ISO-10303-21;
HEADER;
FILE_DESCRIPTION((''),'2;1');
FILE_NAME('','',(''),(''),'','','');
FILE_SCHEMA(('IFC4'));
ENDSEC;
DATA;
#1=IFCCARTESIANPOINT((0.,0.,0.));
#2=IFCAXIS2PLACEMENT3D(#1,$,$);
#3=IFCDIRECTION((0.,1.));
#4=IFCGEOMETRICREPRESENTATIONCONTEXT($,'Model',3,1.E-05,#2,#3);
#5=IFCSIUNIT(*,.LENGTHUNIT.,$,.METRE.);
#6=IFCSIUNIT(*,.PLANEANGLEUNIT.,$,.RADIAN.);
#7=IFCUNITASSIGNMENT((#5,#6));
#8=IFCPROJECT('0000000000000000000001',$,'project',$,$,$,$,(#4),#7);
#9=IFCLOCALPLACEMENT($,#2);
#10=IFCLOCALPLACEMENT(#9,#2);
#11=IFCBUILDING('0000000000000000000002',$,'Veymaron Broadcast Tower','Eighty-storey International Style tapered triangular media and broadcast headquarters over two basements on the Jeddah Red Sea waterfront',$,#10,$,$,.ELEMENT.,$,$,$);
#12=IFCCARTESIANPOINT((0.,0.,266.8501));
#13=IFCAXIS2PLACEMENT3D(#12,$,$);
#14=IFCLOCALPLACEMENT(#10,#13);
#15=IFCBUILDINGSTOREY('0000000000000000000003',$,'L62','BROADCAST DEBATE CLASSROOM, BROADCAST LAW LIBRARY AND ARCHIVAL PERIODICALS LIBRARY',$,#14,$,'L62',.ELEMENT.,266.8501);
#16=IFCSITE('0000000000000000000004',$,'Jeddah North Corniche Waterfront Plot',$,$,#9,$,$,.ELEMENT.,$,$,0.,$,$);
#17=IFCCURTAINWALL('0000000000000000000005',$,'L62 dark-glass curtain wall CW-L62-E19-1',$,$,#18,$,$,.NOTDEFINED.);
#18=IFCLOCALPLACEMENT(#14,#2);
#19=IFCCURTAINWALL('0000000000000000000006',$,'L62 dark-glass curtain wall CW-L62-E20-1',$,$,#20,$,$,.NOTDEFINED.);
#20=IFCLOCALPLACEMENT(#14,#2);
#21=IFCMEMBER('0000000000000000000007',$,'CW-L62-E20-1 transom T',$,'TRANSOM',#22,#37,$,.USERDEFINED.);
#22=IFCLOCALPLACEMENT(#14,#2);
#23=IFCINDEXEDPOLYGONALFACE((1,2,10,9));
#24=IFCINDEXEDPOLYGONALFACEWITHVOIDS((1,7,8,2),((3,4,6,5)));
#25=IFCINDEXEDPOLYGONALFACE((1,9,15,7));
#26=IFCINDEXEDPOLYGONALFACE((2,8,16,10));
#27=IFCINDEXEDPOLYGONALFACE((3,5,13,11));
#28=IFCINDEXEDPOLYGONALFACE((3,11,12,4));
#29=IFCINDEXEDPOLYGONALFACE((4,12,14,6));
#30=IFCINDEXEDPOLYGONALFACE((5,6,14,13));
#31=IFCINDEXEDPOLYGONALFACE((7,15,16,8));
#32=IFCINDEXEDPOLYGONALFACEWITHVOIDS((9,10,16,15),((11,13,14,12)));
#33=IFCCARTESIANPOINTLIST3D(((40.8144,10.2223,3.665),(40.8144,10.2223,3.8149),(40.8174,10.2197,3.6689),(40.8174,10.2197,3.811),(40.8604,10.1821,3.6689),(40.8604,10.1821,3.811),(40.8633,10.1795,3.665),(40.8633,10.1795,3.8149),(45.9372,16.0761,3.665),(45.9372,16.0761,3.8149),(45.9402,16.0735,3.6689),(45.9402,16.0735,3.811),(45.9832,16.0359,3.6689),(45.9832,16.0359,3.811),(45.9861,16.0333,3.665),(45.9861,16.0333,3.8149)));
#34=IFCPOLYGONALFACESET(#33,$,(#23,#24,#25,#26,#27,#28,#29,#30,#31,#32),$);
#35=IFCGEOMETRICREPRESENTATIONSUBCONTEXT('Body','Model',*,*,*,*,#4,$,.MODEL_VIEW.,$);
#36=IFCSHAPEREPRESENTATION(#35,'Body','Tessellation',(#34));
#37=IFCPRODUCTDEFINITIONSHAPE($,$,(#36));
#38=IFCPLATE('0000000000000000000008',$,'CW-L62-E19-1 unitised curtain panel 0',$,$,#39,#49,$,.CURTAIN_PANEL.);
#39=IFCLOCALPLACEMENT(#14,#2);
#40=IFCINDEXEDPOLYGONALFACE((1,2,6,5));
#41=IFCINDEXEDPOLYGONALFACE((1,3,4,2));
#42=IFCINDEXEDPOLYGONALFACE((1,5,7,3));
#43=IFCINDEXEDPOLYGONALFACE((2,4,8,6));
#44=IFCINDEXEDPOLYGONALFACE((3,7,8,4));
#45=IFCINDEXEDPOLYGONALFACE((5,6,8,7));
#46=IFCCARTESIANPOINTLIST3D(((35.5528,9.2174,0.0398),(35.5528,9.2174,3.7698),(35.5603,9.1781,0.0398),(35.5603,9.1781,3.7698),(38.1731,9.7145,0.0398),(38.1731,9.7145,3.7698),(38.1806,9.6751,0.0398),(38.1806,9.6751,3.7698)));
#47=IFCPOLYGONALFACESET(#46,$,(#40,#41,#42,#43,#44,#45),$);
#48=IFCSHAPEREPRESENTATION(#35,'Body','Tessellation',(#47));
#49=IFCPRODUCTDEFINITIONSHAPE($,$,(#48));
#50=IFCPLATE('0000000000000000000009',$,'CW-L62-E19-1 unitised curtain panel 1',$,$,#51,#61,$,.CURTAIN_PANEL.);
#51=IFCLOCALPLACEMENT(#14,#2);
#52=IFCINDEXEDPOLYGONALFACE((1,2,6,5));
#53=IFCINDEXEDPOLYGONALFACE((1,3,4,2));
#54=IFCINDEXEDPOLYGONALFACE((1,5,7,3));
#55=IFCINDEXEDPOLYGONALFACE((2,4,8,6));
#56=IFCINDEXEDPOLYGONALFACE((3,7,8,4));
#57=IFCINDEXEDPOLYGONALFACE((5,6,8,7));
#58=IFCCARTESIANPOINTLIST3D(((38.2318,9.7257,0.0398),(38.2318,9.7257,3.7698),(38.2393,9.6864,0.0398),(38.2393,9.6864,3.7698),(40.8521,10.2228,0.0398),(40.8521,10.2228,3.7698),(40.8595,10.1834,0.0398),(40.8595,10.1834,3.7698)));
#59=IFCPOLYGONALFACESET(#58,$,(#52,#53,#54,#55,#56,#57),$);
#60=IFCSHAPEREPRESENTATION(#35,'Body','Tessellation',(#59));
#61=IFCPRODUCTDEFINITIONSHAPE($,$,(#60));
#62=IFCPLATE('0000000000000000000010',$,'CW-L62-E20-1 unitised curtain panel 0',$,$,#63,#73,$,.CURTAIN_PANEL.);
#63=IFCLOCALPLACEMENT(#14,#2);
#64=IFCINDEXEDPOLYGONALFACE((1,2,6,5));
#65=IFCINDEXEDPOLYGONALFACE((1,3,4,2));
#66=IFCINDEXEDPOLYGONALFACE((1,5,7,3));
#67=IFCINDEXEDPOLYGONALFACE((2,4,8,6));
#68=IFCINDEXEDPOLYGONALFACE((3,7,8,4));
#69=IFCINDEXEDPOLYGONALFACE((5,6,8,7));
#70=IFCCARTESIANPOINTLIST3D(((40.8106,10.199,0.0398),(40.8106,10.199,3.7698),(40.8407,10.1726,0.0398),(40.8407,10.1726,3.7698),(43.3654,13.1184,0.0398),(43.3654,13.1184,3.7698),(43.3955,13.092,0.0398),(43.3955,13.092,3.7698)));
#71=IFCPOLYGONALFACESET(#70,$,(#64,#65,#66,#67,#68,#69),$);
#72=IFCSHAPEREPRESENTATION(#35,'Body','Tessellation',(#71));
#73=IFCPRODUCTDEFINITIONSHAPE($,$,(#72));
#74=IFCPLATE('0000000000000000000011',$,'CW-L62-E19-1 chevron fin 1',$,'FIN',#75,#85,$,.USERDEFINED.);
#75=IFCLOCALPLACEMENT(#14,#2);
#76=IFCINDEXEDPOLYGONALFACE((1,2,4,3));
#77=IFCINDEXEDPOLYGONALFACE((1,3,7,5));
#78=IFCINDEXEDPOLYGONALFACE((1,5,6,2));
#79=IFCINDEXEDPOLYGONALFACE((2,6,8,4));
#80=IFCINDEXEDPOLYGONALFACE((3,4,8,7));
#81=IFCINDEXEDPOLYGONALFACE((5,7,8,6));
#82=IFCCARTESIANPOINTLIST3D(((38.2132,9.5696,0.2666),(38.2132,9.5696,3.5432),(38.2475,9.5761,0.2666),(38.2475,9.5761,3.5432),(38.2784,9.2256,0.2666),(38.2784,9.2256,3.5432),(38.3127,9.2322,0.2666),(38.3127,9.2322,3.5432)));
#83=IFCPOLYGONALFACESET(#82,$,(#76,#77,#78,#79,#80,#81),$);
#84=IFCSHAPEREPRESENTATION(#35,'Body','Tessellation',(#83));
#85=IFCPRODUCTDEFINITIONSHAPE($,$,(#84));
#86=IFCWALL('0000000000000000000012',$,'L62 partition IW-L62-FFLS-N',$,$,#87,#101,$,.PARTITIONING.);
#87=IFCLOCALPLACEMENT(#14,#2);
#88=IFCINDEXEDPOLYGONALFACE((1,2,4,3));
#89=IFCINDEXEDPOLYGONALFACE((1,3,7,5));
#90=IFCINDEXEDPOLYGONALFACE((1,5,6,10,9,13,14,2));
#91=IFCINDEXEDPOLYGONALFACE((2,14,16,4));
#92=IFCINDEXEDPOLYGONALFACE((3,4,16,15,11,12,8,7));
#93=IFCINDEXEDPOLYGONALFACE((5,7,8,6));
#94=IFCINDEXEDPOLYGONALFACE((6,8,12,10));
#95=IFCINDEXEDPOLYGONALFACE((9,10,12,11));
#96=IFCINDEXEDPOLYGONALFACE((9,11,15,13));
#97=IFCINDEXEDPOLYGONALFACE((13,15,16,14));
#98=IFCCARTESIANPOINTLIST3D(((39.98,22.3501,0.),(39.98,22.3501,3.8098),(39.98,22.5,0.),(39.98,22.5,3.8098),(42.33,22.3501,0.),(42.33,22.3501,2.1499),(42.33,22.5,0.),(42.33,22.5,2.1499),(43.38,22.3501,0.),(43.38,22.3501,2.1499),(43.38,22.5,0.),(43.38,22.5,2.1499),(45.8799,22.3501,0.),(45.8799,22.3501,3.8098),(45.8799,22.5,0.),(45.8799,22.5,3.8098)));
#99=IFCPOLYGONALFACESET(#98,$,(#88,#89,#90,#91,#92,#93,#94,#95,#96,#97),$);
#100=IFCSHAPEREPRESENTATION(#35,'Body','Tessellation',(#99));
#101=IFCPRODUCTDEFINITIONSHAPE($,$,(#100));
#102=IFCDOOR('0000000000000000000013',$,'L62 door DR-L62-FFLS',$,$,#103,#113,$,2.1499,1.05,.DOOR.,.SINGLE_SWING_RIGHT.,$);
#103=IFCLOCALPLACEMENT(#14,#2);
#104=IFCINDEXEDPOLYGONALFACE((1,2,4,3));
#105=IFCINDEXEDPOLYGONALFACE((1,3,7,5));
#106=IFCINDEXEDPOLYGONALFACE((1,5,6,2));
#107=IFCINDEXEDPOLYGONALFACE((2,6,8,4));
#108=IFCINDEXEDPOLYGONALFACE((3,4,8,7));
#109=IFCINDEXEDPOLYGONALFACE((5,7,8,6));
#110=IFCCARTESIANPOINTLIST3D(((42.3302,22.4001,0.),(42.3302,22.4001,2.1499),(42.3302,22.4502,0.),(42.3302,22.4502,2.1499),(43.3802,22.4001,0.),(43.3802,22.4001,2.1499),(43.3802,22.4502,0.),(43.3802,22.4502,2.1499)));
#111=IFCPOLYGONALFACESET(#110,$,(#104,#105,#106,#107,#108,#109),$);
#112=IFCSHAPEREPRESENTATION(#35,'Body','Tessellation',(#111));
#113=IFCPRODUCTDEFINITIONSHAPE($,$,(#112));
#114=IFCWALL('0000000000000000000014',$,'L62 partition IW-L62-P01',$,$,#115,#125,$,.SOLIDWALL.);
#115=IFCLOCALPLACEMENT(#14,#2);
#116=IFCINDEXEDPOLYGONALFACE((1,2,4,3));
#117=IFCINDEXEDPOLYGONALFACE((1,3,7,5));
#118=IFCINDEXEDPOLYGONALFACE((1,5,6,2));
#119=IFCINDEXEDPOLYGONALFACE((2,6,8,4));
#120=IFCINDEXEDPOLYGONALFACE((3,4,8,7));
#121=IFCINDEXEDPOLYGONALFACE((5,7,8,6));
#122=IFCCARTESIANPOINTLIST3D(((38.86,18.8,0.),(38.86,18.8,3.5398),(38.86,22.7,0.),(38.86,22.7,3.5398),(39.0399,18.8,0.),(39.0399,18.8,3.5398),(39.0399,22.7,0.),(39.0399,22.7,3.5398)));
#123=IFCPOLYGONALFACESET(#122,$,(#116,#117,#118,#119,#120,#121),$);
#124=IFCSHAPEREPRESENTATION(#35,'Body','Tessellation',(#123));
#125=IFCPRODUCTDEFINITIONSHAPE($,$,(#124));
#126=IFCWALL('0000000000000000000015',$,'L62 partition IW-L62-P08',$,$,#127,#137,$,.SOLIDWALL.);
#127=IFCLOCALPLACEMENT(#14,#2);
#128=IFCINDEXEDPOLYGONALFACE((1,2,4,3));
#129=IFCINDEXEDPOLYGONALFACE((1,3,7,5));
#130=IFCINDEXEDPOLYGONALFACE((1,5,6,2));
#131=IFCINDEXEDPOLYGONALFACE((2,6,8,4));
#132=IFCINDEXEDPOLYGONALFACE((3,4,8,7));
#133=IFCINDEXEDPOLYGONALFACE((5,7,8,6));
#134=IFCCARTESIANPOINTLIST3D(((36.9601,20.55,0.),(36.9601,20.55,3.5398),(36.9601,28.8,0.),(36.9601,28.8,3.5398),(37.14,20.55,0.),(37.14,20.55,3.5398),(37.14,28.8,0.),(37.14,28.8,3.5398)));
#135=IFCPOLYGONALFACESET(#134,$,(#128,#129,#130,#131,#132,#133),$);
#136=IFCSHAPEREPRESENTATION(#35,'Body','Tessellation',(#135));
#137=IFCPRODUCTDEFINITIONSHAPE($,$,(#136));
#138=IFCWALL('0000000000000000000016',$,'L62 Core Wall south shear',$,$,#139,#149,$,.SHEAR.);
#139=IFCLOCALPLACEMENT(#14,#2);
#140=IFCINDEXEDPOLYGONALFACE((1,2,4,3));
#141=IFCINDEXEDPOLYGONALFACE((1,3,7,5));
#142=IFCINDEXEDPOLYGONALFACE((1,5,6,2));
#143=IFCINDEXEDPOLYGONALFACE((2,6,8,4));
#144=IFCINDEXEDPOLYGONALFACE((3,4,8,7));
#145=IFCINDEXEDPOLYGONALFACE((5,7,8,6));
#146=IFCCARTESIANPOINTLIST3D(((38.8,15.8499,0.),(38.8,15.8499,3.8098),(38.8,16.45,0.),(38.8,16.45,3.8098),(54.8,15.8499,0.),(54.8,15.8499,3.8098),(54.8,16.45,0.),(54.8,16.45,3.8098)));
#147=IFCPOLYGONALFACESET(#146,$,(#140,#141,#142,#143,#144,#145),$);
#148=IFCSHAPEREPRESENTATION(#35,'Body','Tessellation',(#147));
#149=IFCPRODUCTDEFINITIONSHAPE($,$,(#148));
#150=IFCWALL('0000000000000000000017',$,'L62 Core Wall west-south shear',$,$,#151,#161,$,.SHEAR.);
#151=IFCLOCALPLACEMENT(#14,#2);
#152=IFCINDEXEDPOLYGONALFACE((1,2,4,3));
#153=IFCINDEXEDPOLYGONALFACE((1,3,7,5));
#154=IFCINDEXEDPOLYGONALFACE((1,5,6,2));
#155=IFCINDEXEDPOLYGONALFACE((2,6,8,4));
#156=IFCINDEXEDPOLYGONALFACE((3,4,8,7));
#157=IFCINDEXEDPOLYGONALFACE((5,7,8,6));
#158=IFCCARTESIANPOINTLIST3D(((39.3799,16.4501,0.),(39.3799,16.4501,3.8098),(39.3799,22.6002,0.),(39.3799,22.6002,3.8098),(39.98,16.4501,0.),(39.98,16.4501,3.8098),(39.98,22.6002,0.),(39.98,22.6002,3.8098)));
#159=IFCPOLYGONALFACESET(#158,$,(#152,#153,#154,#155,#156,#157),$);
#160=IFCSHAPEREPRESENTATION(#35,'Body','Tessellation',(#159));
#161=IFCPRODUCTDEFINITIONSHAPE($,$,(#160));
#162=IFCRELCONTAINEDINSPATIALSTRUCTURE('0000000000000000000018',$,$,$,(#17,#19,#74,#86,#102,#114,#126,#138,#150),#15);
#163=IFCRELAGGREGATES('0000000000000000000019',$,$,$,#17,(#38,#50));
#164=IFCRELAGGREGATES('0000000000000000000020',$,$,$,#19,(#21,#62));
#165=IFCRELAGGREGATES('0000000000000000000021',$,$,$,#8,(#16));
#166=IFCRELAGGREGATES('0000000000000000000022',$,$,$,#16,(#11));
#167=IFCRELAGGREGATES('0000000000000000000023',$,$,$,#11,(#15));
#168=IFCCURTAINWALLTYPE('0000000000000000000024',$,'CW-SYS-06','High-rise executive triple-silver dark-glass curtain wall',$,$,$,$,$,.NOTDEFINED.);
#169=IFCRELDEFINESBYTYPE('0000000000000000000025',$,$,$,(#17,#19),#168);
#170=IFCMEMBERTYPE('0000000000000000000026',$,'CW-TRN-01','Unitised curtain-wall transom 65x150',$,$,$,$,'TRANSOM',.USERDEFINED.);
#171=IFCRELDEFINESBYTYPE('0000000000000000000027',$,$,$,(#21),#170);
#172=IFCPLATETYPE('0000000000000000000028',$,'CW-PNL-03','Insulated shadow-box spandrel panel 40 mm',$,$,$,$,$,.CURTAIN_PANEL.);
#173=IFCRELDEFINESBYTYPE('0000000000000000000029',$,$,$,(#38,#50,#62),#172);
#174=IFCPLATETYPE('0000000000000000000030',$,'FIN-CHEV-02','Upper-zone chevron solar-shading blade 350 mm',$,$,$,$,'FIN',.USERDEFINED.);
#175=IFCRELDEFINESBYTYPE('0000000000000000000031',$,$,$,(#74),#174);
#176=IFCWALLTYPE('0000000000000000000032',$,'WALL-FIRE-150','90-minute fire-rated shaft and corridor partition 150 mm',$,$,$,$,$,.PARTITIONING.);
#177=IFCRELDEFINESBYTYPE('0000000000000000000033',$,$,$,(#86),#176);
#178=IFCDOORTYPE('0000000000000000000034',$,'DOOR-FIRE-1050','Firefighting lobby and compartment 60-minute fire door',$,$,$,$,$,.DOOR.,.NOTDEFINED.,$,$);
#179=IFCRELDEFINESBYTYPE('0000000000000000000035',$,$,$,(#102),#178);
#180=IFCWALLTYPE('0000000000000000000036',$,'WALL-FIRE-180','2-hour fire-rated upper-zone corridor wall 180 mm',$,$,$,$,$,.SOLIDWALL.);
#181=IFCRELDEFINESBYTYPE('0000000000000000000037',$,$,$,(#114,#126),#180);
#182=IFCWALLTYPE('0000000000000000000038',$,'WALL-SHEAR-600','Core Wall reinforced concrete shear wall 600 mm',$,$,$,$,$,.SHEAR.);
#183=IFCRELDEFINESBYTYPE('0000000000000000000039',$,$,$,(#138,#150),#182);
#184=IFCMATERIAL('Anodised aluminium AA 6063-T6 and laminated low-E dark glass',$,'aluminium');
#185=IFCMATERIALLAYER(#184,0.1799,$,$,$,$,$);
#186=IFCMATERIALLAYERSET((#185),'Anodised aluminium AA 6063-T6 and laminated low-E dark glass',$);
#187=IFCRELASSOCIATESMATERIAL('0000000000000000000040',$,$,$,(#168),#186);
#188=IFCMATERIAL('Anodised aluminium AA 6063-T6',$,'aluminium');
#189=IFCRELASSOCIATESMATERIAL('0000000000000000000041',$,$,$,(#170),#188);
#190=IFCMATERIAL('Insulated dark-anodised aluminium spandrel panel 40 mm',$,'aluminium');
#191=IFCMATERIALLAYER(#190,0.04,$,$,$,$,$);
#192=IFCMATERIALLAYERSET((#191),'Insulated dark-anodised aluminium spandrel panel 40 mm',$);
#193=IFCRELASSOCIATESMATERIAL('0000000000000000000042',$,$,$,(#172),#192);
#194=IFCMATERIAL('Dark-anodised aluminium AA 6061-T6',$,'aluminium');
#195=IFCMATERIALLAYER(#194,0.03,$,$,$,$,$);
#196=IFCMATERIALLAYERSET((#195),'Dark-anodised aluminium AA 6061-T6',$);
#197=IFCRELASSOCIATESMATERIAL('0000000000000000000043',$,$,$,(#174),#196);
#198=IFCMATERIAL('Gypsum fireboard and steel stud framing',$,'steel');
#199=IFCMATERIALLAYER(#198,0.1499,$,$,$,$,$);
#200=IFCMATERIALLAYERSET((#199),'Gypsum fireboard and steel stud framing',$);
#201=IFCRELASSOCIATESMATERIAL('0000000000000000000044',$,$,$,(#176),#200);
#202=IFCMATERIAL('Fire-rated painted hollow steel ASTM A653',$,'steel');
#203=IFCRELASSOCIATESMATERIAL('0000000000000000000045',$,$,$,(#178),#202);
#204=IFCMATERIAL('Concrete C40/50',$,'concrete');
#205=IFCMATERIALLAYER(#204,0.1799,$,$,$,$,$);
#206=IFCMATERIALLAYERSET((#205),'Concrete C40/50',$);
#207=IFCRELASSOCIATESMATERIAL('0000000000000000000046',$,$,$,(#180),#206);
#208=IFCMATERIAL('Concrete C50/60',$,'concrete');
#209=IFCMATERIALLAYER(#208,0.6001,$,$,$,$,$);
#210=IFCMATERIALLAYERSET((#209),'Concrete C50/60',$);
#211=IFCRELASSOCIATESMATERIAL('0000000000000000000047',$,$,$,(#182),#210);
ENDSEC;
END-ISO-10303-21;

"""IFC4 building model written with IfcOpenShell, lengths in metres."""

from ifc_helpers import new_model, si_unit, direction, frame, frame_2d, origin, origin_2d, place, context, subcontext, project, spatial, rectangle, hollow_rectangle, extrude, material, layer, layer_set, material_profile, profile_set, type_object, element, fill, aggregate, save


model = new_model("IFC4")

# Units and contexts
model_context = context("Model", 3, precision=1e-05, world=origin(), true_north=direction((0.0, 1.0)))
body_context = subcontext(model_context, "Body", "Model", "MODEL_VIEW")
ifc_project = project(units=[si_unit("LENGTHUNIT", "METRE"), si_unit("PLANEANGLEUNIT", "RADIAN")], contexts=[model_context])

# Site, building, storey
site_placement = place(None, origin())
site = spatial("IfcSite", under=ifc_project, at=site_placement, Name="Jeddah North Corniche Waterfront Plot", CompositionType="ELEMENT", RefElevation=0.0)
building_placement = place(site_placement, origin())
building = spatial("IfcBuilding", under=site, at=building_placement, Name="Veymaron Broadcast Tower", Description="Eighty-storey International Style tapered triangular media and broadcast headquarters over two basements on the Jeddah Red Sea waterfront", CompositionType="ELEMENT")
storey_placement = place(building_placement, frame((0.0, 0.0, 266.8501)))
storey = spatial("IfcBuildingStorey", under=building, at=storey_placement, Name="L62", Description="BROADCAST DEBATE CLASSROOM, BROADCAST LAW LIBRARY AND ARCHIVAL PERIODICALS LIBRARY", LongName="L62", CompositionType="ELEMENT", Elevation=266.8501)

# Curtain walls, member
ifc_material_1 = material(Name="Anodised aluminium AA 6063-T6 and laminated low-E dark glass", Category="aluminium")
ifc_layer_1 = layer(ifc_material_1, 0.1799)
ifc_layer_set_1 = layer_set([ifc_layer_1], Name="Anodised aluminium AA 6063-T6 and laminated low-E dark glass")
curtain_wall_type = type_object("IfcCurtainWallType", Name="CW-SYS-06", Description="High-rise executive triple-silver dark-glass curtain wall", PredefinedType="NOTDEFINED", material=ifc_layer_set_1)
curtain_wall_1_placement = place(storey_placement, origin())
curtain_wall_1 = element("IfcCurtainWall", 1, at=curtain_wall_1_placement, inside=storey, type_object=curtain_wall_type, Name="L62 dark-glass curtain wall CW-L62-E19-1", PredefinedType="NOTDEFINED")
ifc_material_2 = material(Name="Anodised aluminium AA 6063-T6", Category="aluminium")
curtain_wall_2_placement = place(storey_placement, origin())
curtain_wall_2 = element("IfcCurtainWall", 2, at=curtain_wall_2_placement, inside=storey, type_object=curtain_wall_type, Name="L62 dark-glass curtain wall CW-L62-E20-1", PredefinedType="NOTDEFINED")
ifc_material_profile_1 = material_profile(ifc_material_2, hollow_rectangle(XDim=0.0649, YDim=0.1499, WallThickness=0.0039, at=origin_2d()), Name="AL150X65X4")
ifc_profile_set_1 = profile_set([ifc_material_profile_1], Name="Anodised aluminium AA 6063-T6")
member_type_1 = type_object("IfcMemberType", Name="CW-TRN-01", Description="Unitised curtain-wall transom 65x150", ElementType="TRANSOM", PredefinedType="USERDEFINED", material=ifc_profile_set_1)
member_1_placement = place(storey_placement, frame((40.8389, 10.2009, 3.74), z_axis=(0.65856, 0.752528, 0.0), x_axis=(-0.752528, 0.65856, 0.0)))
member_1 = element("IfcMember", 3, at=member_1_placement, type_object=member_type_1, Name="CW-L62-E20-1 transom T", ObjectType="TRANSOM", PredefinedType="USERDEFINED", context=body_context, shape_type="SweptSolid", body=[
    extrude(hollow_rectangle(XDim=0.0649, YDim=0.1499, WallThickness=0.0039, at=origin_2d()), origin(), (0.0, 0.0, 1.0), 7.7788),
])

# Plates
ifc_material_3 = material(Name="Insulated dark-anodised aluminium spandrel panel 40 mm", Category="aluminium")
ifc_layer_2 = layer(ifc_material_3, 0.04)
ifc_layer_set_2 = layer_set([ifc_layer_2], Name="Insulated dark-anodised aluminium spandrel panel 40 mm")
plate_type_1 = type_object("IfcPlateType", Name="CW-PNL-03", Description="Insulated shadow-box spandrel panel 40 mm", PredefinedType="CURTAIN_PANEL", material=ifc_layer_set_2)
plate_1_placement = place(storey_placement, frame((36.8667, 9.4463, 0.0398), z_axis=(0.0, 0.0, 1.0), x_axis=(0.98248, 0.18637, 0.0)))
plate_1 = element("IfcPlate", 4, at=plate_1_placement, type_object=plate_type_1, Name="CW-L62-E19-1 unitised curtain panel 0", PredefinedType="CURTAIN_PANEL", context=body_context, shape_type="SweptSolid", body=[
    extrude(rectangle(XDim=2.667, YDim=0.04, at=origin_2d()), origin(), (0.0, 0.0, 1.0), 3.73),
])
plate_2_placement = place(storey_placement, frame((39.5457, 9.9546, 0.0398), z_axis=(0.0, 0.0, 1.0), x_axis=(0.98248, 0.18637, 0.0)))
plate_2 = element("IfcPlate", 5, at=plate_2_placement, type_object=plate_type_1, Name="CW-L62-E19-1 unitised curtain panel 1", PredefinedType="CURTAIN_PANEL", context=body_context, shape_type="SweptSolid", body=[
    extrude(rectangle(XDim=2.667, YDim=0.04, at=origin_2d()), origin(), (0.0, 0.0, 1.0), 3.73),
])
aggregate(curtain_wall_1, [plate_1, plate_2])
plate_3_placement = place(storey_placement, frame((42.103, 11.6455, 0.0398), z_axis=(0.0, 0.0, 1.0), x_axis=(0.658558, 0.75253, 0.0)))
plate_3 = element("IfcPlate", 6, at=plate_3_placement, type_object=plate_type_1, Name="CW-L62-E20-1 unitised curtain panel 0", PredefinedType="CURTAIN_PANEL", context=body_context, shape_type="SweptSolid", body=[
    extrude(rectangle(XDim=3.8794, YDim=0.04, at=origin_2d()), origin(), (0.0, 0.0, 1.0), 3.73),
])
aggregate(curtain_wall_2, [member_1, plate_3])
ifc_material_4 = material(Name="Dark-anodised aluminium AA 6061-T6", Category="aluminium")
ifc_layer_3 = layer(ifc_material_4, 0.03)
ifc_layer_set_3 = layer_set([ifc_layer_3], Name="Dark-anodised aluminium AA 6061-T6")
plate_type_2 = type_object("IfcPlateType", Name="FIN-CHEV-02", Description="Upper-zone chevron solar-shading blade 350 mm", ElementType="FIN", PredefinedType="USERDEFINED", material=ifc_layer_set_3)
plate_4_placement = place(storey_placement, frame((38.2629, 9.4009, 0.2666), z_axis=(0.0, 0.0, 1.0), x_axis=(0.18637, -0.98248, 0.0)))
element("IfcPlate", 7, at=plate_4_placement, inside=storey, type_object=plate_type_2, Name="CW-L62-E19-1 chevron fin 1", ObjectType="FIN", PredefinedType="USERDEFINED", context=body_context, shape_type="SweptSolid", body=[
    extrude(rectangle(XDim=0.3501, YDim=0.0349, at=origin_2d()), origin(), (0.0, 0.0, 1.0), 3.2766),
])

# Wall, opening, door
ifc_material_5 = material(Name="Gypsum fireboard and steel stud framing", Category="steel")
ifc_layer_4 = layer(ifc_material_5, 0.1499)
ifc_layer_set_4 = layer_set([ifc_layer_4], Name="Gypsum fireboard and steel stud framing")
wall_type_1 = type_object("IfcWallType", Name="WALL-FIRE-150", Description="90-minute fire-rated shaft and corridor partition 150 mm", PredefinedType="PARTITIONING", material=ifc_layer_set_4)
wall_1_placement = place(storey_placement, frame((39.98, 22.425, 0.0), z_axis=(0.0, 0.0, 1.0), x_axis=(1.0, 0.0, 0.0)))
wall_1 = element("IfcWall", 8, at=wall_1_placement, inside=storey, type_object=wall_type_1, Name="L62 partition IW-L62-FFLS-N", PredefinedType="PARTITIONING", context=body_context, shape_type="SweptSolid", body=[
    extrude(rectangle(XDim=5.8999, YDim=0.1499, at=frame_2d((2.95, 0.0))), origin(), (0.0, 0.0, 1.0), 3.8098),
])
opening_1_placement = place(wall_1_placement, frame((2.3501, 0.0, 0.0)))
opening_1 = element("IfcOpeningElement", 9, at=opening_1_placement, cuts=wall_1, PredefinedType="OPENING", context=body_context, shape_type="SweptSolid", body=[
    extrude(rectangle(XDim=1.05, YDim=2.1499, at=frame_2d((0.5249, 1.075))), frame((0.0, 0.085, 0.0), z_axis=(0.0, -1.0, 0.0), x_axis=(1.0, 0.0, 0.0)), (0.0, 0.0, 1.0), 0.1699),
])
ifc_material_6 = material(Name="Fire-rated painted hollow steel ASTM A653", Category="steel")
door_type_1 = type_object("IfcDoorType", Name="DOOR-FIRE-1050", Description="Firefighting lobby and compartment 60-minute fire door", OperationType="NOTDEFINED", PredefinedType="DOOR", material=ifc_material_6)
door_1_placement = place(opening_1_placement, frame((1.05, 0.0, 0.0), z_axis=(0.0, 0.0, 1.0), x_axis=(-1.0, 0.0, 0.0)))
door_1 = element("IfcDoor", 10, at=door_1_placement, inside=storey, type_object=door_type_1, Name="L62 door DR-L62-FFLS", OperationType="SINGLE_SWING_RIGHT", OverallHeight=2.1499, OverallWidth=1.05, PredefinedType="DOOR", context=body_context, shape_type="SweptSolid", body=[
    extrude(rectangle(XDim=1.05, YDim=2.1499, at=frame_2d((0.5249, 1.075))), frame((0.0, 0.0249, 0.0), z_axis=(0.0, -1.0, 0.0), x_axis=(1.0, 0.0, 0.0)), (0.0, 0.0, 1.0), 0.05),
])
fill(opening_1, door_1)

# Walls
ifc_material_7 = material(Name="Concrete C40/50", Category="concrete")
ifc_layer_5 = layer(ifc_material_7, 0.1799)
ifc_layer_set_5 = layer_set([ifc_layer_5], Name="Concrete C40/50")
wall_type_2 = type_object("IfcWallType", Name="WALL-FIRE-180", Description="2-hour fire-rated upper-zone corridor wall 180 mm", PredefinedType="SOLIDWALL", material=ifc_layer_set_5)
wall_2_placement = place(storey_placement, frame((38.95, 18.8, 0.0), z_axis=(0.0, 0.0, 1.0), x_axis=(0.0, 1.0, 0.0)))
element("IfcWall", 11, at=wall_2_placement, inside=storey, type_object=wall_type_2, Name="L62 partition IW-L62-P01", PredefinedType="SOLIDWALL", context=body_context, shape_type="SweptSolid", body=[
    extrude(rectangle(XDim=3.8999, YDim=0.1799, at=frame_2d((1.95, 0.0))), origin(), (0.0, 0.0, 1.0), 3.5398),
])
wall_3_placement = place(storey_placement, frame((37.05, 20.55, 0.0), z_axis=(0.0, 0.0, 1.0), x_axis=(0.0, 1.0, 0.0)))
element("IfcWall", 12, at=wall_3_placement, inside=storey, type_object=wall_type_2, Name="L62 partition IW-L62-P08", PredefinedType="SOLIDWALL", context=body_context, shape_type="SweptSolid", body=[
    extrude(rectangle(XDim=8.25, YDim=0.1799, at=frame_2d((4.125, 0.0))), origin(), (0.0, 0.0, 1.0), 3.5398),
])

# Shared definitions
ifc_material_8 = material(Name="Concrete C50/60", Category="concrete")

# Walls
ifc_layer_6 = layer(ifc_material_8, 0.6001)
ifc_layer_set_6 = layer_set([ifc_layer_6], Name="Concrete C50/60")
wall_type_3 = type_object("IfcWallType", Name="WALL-SHEAR-600", Description="Core Wall reinforced concrete shear wall 600 mm", PredefinedType="SHEAR", material=ifc_layer_set_6)
wall_4_placement = place(storey_placement, frame((38.8, 16.1499, 0.0), z_axis=(0.0, 0.0, 1.0), x_axis=(1.0, 0.0, 0.0)))
element("IfcWall", 13, at=wall_4_placement, inside=storey, type_object=wall_type_3, Name="L62 Core Wall south shear", PredefinedType="SHEAR", context=body_context, shape_type="SweptSolid", body=[
    extrude(rectangle(XDim=16.0, YDim=0.6001, at=frame_2d((8.0, 0.0))), origin(), (0.0, 0.0, 1.0), 3.8098),
])
wall_5_placement = place(storey_placement, frame((39.6799, 16.45, 0.0), z_axis=(0.0, 0.0, 1.0), x_axis=(0.0, 1.0, 0.0)))
element("IfcWall", 14, at=wall_5_placement, inside=storey, type_object=wall_type_3, Name="L62 Core Wall west-south shear", PredefinedType="SHEAR", context=body_context, shape_type="SweptSolid", body=[
    extrude(rectangle(XDim=6.1501, YDim=0.6001, at=frame_2d((3.0752, 0.0))), origin(), (0.0, 0.0, 1.0), 3.8098),
])

save(model, "model.ifc")
